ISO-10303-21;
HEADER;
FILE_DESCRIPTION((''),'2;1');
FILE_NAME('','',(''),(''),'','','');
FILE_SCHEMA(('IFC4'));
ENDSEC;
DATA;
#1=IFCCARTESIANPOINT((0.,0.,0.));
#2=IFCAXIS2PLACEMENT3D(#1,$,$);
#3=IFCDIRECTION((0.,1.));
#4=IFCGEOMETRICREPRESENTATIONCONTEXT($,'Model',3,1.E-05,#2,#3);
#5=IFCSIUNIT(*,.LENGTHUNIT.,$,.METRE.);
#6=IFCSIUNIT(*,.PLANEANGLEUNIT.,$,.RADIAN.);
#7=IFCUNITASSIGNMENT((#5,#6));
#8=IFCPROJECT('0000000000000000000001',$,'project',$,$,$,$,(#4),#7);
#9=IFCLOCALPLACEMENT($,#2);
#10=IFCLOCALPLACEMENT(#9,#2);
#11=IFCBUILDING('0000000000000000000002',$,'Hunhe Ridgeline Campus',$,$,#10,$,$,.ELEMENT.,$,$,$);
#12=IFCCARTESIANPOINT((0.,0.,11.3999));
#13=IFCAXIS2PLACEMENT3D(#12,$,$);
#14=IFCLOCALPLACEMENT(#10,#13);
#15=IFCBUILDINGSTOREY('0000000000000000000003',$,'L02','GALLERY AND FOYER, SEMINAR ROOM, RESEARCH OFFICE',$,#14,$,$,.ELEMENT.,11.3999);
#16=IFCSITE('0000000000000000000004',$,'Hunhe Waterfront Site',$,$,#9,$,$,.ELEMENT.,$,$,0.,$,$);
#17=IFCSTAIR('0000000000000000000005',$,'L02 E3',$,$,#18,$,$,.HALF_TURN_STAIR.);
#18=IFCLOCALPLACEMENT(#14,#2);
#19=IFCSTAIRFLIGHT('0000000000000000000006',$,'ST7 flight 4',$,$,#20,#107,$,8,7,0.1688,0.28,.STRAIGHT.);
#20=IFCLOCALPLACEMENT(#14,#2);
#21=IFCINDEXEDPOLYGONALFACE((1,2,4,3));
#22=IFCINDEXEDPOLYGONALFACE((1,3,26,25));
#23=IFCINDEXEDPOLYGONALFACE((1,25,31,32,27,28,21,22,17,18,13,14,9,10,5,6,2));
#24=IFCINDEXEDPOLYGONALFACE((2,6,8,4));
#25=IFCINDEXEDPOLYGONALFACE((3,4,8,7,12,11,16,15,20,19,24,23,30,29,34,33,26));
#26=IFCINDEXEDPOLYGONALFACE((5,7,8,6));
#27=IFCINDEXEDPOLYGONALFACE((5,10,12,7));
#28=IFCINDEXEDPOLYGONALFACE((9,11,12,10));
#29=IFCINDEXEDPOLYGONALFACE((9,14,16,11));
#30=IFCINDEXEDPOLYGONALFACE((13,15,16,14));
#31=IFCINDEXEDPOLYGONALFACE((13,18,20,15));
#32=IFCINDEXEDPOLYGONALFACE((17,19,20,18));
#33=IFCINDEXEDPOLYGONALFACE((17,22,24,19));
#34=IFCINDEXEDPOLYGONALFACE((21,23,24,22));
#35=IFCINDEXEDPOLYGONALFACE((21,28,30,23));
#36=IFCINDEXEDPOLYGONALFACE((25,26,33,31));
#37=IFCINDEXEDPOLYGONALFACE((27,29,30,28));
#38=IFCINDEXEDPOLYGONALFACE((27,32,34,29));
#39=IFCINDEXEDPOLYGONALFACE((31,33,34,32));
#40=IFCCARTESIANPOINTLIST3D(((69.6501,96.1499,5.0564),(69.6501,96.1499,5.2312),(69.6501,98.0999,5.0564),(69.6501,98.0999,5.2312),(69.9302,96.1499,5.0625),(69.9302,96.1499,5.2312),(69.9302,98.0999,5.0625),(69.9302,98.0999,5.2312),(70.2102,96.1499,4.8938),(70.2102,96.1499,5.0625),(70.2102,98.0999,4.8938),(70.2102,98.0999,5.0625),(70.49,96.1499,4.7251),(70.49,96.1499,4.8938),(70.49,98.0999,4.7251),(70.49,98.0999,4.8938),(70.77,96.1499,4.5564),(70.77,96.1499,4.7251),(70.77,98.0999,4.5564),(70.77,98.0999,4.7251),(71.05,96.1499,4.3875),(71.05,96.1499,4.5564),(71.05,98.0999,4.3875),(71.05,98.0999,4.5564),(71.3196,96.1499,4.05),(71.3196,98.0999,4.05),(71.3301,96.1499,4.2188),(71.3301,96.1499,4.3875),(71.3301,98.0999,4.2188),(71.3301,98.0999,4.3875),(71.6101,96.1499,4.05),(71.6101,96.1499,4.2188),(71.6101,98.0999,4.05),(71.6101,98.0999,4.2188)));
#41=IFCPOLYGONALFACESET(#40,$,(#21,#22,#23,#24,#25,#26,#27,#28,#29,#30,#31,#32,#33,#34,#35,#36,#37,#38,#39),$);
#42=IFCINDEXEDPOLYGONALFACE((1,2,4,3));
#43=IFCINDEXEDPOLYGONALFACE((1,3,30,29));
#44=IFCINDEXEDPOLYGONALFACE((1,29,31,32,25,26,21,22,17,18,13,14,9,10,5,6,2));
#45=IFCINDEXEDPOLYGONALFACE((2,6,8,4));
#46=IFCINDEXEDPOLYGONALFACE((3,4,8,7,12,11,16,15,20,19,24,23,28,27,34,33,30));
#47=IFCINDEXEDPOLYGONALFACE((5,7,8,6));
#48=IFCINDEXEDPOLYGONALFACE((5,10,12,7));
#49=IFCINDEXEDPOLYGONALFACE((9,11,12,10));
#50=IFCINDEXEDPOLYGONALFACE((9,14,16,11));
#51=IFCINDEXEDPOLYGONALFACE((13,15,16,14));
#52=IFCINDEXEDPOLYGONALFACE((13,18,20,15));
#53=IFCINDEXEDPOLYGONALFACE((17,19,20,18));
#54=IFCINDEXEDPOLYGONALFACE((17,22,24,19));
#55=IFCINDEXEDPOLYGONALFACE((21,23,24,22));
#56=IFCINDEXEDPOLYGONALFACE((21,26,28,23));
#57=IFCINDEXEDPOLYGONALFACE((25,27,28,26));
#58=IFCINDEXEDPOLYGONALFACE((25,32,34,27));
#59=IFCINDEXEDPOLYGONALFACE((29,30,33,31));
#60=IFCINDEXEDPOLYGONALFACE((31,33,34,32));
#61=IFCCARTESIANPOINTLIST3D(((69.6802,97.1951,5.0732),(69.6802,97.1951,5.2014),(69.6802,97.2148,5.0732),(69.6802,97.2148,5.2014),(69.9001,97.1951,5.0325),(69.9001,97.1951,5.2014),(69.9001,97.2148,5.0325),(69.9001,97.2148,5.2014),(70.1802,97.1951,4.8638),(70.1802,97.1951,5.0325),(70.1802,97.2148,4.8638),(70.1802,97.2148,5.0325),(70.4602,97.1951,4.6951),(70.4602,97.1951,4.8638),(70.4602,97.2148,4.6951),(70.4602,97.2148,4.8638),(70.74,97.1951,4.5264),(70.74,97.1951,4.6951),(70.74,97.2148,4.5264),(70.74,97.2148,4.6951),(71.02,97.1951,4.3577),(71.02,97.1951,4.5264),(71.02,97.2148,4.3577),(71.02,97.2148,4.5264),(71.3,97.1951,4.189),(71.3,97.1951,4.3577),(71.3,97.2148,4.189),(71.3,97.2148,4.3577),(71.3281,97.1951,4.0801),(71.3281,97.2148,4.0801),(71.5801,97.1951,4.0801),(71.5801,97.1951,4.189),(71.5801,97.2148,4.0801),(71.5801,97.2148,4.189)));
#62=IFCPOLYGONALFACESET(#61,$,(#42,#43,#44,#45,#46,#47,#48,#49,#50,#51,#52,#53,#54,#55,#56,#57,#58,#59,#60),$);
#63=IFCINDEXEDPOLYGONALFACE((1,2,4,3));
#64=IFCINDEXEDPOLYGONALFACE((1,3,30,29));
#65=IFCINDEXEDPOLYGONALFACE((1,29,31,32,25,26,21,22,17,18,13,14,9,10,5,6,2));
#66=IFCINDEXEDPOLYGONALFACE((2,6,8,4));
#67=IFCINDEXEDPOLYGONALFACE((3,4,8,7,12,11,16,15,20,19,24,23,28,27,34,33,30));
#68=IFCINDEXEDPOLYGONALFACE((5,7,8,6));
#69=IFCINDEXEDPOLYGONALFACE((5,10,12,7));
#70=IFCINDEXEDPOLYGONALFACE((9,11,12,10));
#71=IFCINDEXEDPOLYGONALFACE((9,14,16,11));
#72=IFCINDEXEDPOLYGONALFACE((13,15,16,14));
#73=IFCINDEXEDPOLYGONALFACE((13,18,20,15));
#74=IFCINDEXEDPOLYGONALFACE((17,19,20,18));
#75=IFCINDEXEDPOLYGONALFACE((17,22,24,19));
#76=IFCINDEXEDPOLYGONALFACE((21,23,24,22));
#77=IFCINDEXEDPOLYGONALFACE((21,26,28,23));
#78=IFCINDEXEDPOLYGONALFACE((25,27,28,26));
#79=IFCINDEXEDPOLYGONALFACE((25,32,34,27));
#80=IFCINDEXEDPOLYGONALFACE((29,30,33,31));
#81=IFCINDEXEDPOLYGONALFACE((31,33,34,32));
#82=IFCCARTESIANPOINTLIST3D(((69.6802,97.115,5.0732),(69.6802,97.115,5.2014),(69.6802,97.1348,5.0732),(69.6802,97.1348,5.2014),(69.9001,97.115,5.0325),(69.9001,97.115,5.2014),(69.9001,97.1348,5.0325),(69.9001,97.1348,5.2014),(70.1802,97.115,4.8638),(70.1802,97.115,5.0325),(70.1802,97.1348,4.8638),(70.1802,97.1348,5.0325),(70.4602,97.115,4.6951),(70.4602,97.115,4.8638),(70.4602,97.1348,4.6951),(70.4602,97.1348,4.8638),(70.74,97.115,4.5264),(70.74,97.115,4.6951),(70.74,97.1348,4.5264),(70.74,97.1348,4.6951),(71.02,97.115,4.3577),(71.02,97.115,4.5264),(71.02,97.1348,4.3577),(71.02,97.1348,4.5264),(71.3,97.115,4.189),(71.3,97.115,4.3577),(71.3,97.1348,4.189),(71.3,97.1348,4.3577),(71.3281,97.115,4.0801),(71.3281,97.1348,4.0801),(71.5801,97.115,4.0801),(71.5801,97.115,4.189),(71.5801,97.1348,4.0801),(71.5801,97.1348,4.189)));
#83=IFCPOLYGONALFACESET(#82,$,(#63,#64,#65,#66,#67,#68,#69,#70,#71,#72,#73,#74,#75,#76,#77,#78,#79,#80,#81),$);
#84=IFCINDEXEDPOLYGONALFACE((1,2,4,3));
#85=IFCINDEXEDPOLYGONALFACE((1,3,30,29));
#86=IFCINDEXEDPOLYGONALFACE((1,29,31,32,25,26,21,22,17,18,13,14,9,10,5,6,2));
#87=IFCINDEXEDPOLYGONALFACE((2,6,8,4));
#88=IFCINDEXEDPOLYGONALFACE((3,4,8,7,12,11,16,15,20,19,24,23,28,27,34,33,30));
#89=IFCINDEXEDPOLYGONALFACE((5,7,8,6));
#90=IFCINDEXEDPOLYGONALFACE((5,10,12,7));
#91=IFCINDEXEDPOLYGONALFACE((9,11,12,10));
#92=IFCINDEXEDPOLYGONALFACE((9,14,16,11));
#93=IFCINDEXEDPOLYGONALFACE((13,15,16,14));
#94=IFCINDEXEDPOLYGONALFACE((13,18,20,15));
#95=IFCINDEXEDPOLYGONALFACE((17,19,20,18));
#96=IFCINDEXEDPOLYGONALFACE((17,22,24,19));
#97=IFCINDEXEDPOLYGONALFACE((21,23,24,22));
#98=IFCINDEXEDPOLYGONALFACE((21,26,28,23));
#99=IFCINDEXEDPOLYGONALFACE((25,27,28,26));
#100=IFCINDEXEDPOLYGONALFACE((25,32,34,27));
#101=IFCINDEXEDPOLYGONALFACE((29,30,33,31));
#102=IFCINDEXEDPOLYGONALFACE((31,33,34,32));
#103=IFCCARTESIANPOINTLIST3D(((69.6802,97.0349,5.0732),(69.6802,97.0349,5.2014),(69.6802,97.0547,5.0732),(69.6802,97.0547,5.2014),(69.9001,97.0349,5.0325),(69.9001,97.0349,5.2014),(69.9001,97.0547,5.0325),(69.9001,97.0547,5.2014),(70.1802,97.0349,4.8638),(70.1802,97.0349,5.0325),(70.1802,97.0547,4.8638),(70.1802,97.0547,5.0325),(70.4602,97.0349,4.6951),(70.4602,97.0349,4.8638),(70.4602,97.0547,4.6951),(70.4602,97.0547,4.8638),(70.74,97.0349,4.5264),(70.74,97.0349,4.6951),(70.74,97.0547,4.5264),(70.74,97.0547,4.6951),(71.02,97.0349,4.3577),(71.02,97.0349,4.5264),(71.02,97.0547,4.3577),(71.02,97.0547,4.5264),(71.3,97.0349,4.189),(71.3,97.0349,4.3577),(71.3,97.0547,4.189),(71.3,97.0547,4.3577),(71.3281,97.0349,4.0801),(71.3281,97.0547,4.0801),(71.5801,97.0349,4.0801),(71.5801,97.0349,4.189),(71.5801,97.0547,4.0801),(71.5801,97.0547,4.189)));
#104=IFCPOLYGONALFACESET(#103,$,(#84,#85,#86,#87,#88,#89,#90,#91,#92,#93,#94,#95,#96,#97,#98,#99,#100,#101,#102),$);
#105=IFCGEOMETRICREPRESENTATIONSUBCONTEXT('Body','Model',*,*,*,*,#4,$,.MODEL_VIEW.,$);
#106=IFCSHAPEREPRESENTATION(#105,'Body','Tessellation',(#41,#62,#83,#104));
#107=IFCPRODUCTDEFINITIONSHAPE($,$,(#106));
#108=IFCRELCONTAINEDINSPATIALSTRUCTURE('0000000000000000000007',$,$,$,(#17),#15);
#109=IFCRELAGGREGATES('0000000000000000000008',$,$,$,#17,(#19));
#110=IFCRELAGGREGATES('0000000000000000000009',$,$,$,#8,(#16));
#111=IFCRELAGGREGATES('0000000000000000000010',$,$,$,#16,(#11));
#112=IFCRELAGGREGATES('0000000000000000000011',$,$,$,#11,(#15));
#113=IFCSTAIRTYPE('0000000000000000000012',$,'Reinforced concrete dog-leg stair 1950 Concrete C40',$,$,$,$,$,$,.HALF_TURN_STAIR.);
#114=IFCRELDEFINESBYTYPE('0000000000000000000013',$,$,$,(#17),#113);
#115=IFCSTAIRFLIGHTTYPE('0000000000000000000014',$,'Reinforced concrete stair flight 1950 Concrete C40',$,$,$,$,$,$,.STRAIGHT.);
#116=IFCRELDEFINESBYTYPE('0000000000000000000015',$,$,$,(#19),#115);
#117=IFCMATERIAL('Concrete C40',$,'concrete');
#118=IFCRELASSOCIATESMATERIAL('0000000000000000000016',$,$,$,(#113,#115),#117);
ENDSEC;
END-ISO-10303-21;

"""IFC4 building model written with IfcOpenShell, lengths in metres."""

from ifc_helpers import new_model, si_unit, direction, frame, origin, place, context, subcontext, project, spatial, polyline, outline, extrude, material, type_object, element, aggregate, save


model = new_model("IFC4")

# Units and contexts
model_context = context("Model", 3, precision=1e-05, world=origin(), true_north=direction((0.0, 1.0)))
body_context = subcontext(model_context, "Body", "Model", "MODEL_VIEW")
ifc_project = project(units=[si_unit("LENGTHUNIT", "METRE"), si_unit("PLANEANGLEUNIT", "RADIAN")], contexts=[model_context])

# Site, building, storey
site_placement = place(None, origin())
site = spatial("IfcSite", under=ifc_project, at=site_placement, Name="Hunhe Waterfront Site", CompositionType="ELEMENT", RefElevation=0.0)
building_placement = place(site_placement, origin())
building = spatial("IfcBuilding", under=site, at=building_placement, Name="Hunhe Ridgeline Campus", CompositionType="ELEMENT")
storey_placement = place(building_placement, frame((0.0, 0.0, 11.3999)))
storey = spatial("IfcBuildingStorey", under=building, at=storey_placement, Name="L02", Description="GALLERY AND FOYER, SEMINAR ROOM, RESEARCH OFFICE", CompositionType="ELEMENT", Elevation=11.3999)

# Stair, stair flight
ifc_material_1 = material(Name="Concrete C40", Category="concrete")
stair_type = type_object("IfcStairType", Name="Reinforced concrete dog-leg stair 1950 Concrete C40", PredefinedType="HALF_TURN_STAIR", material=ifc_material_1)
stair_flight_type = type_object("IfcStairFlightType", Name="Reinforced concrete stair flight 1950 Concrete C40", PredefinedType="STRAIGHT", material=ifc_material_1)
stair_1_placement = place(storey_placement, origin())
stair_1 = element("IfcStair", 1, at=stair_1_placement, inside=storey, type_object=stair_type, Name="L02 E3", PredefinedType="HALF_TURN_STAIR")
stair_flight_1_placement = place(storey_placement, frame((71.6101, 97.125, 4.05), z_axis=(0.0, 0.0, 1.0), x_axis=(-1.0, 0.0, 0.0)))
stair_flight_1 = element("IfcStairFlight", 2, at=stair_flight_1_placement, type_object=stair_flight_type, Name="ST7 flight 4", NumberOfRisers=8, NumberOfTreads=7, PredefinedType="STRAIGHT", RiserHeight=0.1688, TreadLength=0.28, context=body_context, shape_type="SweptSolid", body=[
    extrude(outline(polyline([(0.0, 0.0), (0.0, 0.1687), (0.28, 0.1687), (0.28, 0.3374), (0.5601, 0.3374), (0.5601, 0.5063), (0.8401, 0.5063), (0.8401, 0.675), (1.1201, 0.675), (1.1201, 0.8438), (1.3999, 0.8438), (1.3999, 1.0125), (1.6799, 1.0125), (1.6799, 1.1812), (1.96, 1.1812), (1.96, 1.3501), (1.96, 1.0063), (0.2905, 0.0), (0.0, 0.0)])), frame((0.0, 0.9751, 0.0), z_axis=(0.0, -1.0, 0.0), x_axis=(1.0, 0.0, 0.0)), (0.0, 0.0, 1.0), 1.95),
    extrude(outline(polyline([(0.03, 0.03), (0.03, 0.1389), (0.3101, 0.1389), (0.3101, 0.3076), (0.5901, 0.3076), (0.5901, 0.4763), (0.8701, 0.4763), (0.8701, 0.645), (1.1499, 0.645), (1.1499, 0.8137), (1.4299, 0.8137), (1.4299, 0.9824), (1.71, 0.9824), (1.71, 1.1514), (1.9299, 1.1514), (1.9299, 1.0232), (0.282, 0.03), (0.03, 0.03)])), frame((0.0, -0.0701, 0.0), z_axis=(0.0, -1.0, 0.0), x_axis=(1.0, 0.0, 0.0)), (0.0, 0.0, 1.0), 0.0198),
    extrude(outline(polyline([(0.03, 0.03), (0.03, 0.1389), (0.3101, 0.1389), (0.3101, 0.3076), (0.5901, 0.3076), (0.5901, 0.4763), (0.8701, 0.4763), (0.8701, 0.645), (1.1499, 0.645), (1.1499, 0.8137), (1.4299, 0.8137), (1.4299, 0.9824), (1.71, 0.9824), (1.71, 1.1514), (1.9299, 1.1514), (1.9299, 1.0232), (0.282, 0.03), (0.03, 0.03)])), frame((0.0, 0.01, 0.0), z_axis=(0.0, -1.0, 0.0), x_axis=(1.0, 0.0, 0.0)), (0.0, 0.0, 1.0), 0.0198),
    extrude(outline(polyline([(0.03, 0.03), (0.03, 0.1389), (0.3101, 0.1389), (0.3101, 0.3076), (0.5901, 0.3076), (0.5901, 0.4763), (0.8701, 0.4763), (0.8701, 0.645), (1.1499, 0.645), (1.1499, 0.8137), (1.4299, 0.8137), (1.4299, 0.9824), (1.71, 0.9824), (1.71, 1.1514), (1.9299, 1.1514), (1.9299, 1.0232), (0.282, 0.03), (0.03, 0.03)])), frame((0.0, 0.0901, 0.0), z_axis=(0.0, -1.0, 0.0), x_axis=(1.0, 0.0, 0.0)), (0.0, 0.0, 1.0), 0.0198),
])
aggregate(stair_1, [stair_flight_1])

save(model, "model.ifc")
